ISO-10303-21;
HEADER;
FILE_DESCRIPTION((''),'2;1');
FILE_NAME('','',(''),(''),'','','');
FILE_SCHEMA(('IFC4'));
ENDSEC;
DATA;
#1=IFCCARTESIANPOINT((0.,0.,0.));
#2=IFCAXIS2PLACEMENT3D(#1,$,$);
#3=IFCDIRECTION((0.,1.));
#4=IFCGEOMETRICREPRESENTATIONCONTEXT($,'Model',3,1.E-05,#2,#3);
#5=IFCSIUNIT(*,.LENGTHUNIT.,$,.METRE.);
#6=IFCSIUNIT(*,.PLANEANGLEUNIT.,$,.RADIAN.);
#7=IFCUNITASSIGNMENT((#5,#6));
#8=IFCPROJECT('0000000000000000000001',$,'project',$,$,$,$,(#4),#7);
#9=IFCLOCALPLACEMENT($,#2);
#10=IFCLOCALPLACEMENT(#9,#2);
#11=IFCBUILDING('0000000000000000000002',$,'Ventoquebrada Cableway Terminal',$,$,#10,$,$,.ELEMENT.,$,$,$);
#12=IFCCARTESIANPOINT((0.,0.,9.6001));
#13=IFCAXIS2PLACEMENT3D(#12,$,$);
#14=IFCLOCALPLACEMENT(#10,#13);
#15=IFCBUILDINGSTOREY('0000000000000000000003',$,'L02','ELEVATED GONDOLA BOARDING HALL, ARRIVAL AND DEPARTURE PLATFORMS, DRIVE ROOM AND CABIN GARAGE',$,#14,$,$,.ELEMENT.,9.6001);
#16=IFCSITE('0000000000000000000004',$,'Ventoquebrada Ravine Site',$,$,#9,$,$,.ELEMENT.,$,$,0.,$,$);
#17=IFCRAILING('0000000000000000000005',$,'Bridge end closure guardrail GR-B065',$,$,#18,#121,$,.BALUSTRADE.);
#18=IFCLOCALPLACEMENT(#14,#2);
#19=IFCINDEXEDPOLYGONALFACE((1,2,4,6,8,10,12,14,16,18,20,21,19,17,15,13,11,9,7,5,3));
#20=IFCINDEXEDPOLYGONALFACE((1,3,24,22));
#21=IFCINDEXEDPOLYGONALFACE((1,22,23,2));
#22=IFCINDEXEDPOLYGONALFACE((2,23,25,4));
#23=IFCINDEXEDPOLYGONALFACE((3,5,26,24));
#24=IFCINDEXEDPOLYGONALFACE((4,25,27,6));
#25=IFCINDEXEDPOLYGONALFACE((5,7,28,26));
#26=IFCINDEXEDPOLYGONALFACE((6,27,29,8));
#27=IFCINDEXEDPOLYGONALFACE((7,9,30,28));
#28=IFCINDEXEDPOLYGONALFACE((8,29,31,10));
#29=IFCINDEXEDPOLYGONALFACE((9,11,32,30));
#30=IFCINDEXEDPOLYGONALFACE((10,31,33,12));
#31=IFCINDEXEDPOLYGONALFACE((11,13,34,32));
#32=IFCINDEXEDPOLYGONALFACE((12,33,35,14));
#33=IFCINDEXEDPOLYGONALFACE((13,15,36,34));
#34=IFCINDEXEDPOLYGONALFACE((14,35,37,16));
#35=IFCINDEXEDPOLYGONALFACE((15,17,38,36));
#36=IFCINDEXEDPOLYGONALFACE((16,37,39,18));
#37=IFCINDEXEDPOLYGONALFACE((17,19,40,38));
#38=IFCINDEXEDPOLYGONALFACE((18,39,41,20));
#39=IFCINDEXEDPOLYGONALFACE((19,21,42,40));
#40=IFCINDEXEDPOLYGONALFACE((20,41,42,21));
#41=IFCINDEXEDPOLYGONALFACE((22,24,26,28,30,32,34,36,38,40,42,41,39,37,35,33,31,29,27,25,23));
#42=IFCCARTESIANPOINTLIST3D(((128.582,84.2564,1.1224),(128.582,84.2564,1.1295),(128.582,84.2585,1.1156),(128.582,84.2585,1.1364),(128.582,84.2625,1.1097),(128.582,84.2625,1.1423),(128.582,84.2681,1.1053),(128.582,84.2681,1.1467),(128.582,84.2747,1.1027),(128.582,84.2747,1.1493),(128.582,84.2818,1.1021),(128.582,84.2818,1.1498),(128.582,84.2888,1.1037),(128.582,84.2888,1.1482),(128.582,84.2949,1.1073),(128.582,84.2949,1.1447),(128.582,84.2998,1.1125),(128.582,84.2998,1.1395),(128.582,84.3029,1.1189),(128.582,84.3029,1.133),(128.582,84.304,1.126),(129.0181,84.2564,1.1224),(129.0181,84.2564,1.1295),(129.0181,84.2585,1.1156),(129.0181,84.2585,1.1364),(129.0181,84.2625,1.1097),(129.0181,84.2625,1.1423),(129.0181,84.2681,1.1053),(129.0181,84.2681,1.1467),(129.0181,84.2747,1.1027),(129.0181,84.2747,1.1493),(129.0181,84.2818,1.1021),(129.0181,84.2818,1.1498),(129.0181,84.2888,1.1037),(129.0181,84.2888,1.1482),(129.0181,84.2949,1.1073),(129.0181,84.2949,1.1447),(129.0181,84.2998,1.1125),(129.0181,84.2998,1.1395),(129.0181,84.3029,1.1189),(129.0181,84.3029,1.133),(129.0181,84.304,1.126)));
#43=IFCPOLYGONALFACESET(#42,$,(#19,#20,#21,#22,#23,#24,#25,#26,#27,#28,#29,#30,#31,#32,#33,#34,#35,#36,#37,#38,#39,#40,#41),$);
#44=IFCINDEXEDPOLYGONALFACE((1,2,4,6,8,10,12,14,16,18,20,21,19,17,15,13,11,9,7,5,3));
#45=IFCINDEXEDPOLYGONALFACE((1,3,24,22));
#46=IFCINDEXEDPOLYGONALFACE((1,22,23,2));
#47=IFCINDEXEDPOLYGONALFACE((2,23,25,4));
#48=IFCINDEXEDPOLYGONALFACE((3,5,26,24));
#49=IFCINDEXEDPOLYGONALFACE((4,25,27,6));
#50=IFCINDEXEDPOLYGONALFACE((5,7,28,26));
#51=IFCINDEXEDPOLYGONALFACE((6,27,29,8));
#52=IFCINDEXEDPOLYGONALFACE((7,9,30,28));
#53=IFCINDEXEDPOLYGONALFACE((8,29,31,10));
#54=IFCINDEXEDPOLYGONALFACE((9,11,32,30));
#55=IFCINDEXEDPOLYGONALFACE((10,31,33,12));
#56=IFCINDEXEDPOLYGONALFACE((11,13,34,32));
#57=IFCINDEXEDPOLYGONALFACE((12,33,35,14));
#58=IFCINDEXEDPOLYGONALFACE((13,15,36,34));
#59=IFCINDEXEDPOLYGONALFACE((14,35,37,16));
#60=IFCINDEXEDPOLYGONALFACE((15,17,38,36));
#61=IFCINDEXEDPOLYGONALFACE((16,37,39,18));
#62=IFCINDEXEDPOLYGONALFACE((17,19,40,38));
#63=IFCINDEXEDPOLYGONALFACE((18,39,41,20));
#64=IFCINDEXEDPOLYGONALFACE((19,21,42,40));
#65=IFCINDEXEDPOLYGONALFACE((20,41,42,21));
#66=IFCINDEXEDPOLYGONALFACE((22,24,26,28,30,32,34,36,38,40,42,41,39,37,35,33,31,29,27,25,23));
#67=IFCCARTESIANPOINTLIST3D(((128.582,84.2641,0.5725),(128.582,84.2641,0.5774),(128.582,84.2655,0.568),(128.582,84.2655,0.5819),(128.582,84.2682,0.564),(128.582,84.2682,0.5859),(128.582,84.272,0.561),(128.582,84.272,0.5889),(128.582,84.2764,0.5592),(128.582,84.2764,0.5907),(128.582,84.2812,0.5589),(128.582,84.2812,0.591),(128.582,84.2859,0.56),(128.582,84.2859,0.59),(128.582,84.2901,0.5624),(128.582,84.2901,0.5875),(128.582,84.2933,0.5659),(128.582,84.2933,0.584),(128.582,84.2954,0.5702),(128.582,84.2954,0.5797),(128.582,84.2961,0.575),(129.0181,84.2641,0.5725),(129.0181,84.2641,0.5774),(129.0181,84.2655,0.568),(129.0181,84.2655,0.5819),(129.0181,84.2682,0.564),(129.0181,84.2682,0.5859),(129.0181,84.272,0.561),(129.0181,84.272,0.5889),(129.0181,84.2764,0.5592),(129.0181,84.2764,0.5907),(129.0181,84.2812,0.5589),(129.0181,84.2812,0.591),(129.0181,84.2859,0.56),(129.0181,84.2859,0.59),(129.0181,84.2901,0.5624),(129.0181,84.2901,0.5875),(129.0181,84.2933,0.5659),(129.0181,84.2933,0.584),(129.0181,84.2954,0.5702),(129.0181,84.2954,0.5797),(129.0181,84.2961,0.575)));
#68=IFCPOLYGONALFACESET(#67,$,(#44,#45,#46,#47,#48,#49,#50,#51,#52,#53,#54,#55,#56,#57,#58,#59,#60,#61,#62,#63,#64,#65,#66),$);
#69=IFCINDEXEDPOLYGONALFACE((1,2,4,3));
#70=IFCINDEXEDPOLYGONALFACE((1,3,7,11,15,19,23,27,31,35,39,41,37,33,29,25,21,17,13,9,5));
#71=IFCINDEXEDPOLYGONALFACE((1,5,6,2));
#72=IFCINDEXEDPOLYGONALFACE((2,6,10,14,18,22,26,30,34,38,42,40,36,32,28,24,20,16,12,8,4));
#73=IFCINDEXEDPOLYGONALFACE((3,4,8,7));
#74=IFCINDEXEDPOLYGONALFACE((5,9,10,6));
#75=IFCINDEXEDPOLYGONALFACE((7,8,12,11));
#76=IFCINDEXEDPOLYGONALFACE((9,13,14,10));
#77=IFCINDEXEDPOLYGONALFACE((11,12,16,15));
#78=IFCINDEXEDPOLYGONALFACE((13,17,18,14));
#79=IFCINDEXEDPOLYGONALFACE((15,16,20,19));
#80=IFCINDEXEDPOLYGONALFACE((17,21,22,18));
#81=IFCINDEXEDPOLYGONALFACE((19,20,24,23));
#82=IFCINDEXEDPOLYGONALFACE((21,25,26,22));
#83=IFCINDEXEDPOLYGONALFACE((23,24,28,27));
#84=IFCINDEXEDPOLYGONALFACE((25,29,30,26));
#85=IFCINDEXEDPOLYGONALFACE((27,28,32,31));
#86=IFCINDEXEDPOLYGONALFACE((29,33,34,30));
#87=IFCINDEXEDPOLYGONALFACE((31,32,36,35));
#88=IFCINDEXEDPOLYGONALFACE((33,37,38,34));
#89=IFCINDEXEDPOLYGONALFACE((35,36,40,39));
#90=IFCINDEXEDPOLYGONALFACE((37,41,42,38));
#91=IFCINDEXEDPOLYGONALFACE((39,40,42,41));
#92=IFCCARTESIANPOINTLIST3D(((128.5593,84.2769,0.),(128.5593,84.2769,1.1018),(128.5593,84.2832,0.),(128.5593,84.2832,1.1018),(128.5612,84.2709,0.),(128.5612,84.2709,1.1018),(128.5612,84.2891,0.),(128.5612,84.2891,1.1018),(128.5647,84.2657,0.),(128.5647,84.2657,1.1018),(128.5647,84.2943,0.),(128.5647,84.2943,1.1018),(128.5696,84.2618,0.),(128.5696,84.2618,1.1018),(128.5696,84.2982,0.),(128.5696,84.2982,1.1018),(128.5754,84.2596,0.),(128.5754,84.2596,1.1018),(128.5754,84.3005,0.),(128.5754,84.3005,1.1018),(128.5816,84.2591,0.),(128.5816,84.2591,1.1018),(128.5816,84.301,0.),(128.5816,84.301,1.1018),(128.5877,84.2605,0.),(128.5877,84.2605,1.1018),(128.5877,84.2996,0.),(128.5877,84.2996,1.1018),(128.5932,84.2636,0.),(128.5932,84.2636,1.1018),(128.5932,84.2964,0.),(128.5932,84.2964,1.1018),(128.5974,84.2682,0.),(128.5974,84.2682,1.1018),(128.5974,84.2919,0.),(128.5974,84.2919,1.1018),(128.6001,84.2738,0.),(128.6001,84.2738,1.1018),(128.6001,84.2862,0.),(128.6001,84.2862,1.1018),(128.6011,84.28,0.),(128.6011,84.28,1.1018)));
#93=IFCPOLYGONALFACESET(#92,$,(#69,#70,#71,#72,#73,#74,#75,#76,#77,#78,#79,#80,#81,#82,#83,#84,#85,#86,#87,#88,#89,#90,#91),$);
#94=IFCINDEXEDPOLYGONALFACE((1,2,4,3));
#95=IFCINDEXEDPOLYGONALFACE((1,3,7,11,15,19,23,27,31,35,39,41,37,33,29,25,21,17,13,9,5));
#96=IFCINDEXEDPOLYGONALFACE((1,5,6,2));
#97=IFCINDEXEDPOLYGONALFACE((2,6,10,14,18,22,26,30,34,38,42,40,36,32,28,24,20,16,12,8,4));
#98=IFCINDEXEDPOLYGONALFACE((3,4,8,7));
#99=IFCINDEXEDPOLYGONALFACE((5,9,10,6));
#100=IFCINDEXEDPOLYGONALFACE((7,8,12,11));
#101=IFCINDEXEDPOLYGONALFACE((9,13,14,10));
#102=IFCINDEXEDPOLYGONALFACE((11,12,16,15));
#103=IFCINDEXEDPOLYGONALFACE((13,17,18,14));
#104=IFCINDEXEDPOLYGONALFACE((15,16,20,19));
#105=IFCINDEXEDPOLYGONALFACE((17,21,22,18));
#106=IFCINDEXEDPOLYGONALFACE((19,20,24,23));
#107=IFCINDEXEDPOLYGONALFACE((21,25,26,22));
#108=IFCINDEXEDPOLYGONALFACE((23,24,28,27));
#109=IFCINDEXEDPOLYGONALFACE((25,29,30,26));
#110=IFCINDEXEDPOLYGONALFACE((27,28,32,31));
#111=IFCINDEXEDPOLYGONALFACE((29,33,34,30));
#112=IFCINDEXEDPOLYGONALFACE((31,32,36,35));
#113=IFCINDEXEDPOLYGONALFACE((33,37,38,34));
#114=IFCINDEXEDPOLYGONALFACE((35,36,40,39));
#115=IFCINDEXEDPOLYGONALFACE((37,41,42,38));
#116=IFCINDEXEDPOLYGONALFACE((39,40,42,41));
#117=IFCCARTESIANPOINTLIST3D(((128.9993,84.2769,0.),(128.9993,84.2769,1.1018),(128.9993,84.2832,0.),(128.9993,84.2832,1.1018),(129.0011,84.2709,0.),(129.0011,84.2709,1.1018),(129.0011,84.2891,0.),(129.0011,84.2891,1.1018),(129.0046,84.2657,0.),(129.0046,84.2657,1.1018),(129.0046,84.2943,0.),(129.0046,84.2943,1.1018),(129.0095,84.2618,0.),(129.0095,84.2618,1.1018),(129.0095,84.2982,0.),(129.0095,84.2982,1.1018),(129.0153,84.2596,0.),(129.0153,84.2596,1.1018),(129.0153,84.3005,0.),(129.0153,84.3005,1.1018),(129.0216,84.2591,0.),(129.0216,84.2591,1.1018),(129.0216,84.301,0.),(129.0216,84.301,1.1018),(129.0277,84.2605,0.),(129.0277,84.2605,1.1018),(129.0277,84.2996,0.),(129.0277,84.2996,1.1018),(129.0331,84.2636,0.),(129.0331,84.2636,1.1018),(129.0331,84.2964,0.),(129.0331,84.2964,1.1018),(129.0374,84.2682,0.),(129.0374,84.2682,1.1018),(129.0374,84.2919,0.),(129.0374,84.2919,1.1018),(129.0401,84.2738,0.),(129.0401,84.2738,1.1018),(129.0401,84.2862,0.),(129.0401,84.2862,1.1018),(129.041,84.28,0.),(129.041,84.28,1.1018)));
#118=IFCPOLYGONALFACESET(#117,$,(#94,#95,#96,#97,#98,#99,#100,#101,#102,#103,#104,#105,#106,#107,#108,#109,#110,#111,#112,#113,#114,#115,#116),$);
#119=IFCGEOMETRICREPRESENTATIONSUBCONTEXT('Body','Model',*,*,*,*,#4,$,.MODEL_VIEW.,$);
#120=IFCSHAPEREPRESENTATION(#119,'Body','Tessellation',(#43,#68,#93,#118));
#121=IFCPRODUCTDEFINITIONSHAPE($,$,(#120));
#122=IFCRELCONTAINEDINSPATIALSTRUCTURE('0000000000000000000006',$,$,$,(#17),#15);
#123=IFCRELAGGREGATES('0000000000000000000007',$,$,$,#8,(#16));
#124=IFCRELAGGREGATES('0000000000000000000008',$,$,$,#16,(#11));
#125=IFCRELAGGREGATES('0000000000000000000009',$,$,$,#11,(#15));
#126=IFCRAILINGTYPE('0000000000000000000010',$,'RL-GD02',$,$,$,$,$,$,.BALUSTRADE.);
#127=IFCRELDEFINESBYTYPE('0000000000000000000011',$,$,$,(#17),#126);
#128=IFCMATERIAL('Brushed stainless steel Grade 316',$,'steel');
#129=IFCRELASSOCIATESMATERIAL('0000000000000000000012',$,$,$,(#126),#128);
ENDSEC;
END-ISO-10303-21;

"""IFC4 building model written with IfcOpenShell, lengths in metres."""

from ifc_helpers import new_model, si_unit, direction, frame, origin, origin_2d, place, context, subcontext, project, spatial, circle, extrude, material, type_object, element, save


model = new_model("IFC4")

# Units and contexts
model_context = context("Model", 3, precision=1e-05, world=origin(), true_north=direction((0.0, 1.0)))
body_context = subcontext(model_context, "Body", "Model", "MODEL_VIEW")
ifc_project = project(units=[si_unit("LENGTHUNIT", "METRE"), si_unit("PLANEANGLEUNIT", "RADIAN")], contexts=[model_context])

# Site, building, storey
site_placement = place(None, origin())
site = spatial("IfcSite", under=ifc_project, at=site_placement, Name="Ventoquebrada Ravine Site", CompositionType="ELEMENT", RefElevation=0.0)
building_placement = place(site_placement, origin())
building = spatial("IfcBuilding", under=site, at=building_placement, Name="Ventoquebrada Cableway Terminal", CompositionType="ELEMENT")
storey_placement = place(building_placement, frame((0.0, 0.0, 9.6001)))
storey = spatial("IfcBuildingStorey", under=building, at=storey_placement, Name="L02", Description="ELEVATED GONDOLA BOARDING HALL, ARRIVAL AND DEPARTURE PLATFORMS, DRIVE ROOM AND CABIN GARAGE", CompositionType="ELEMENT", Elevation=9.6001)

# Railing
ifc_material_1 = material(Name="Brushed stainless steel Grade 316", Category="steel")
railing_type_1 = type_object("IfcRailingType", Name="RL-GD02", PredefinedType="BALUSTRADE", material=ifc_material_1)
for number, where, name in (
    (1, (128.5801, 84.28, 0.0), "Bridge end closure guardrail GR-B065"),
):
    element("IfcRailing", number, at=place(storey_placement, frame(where)), inside=storey, type_object=railing_type_1, Name=name, PredefinedType="BALUSTRADE", context=body_context, shape_type="SweptSolid", body=[
        extrude(circle(Radius=0.0239, at=origin_2d()), frame((0.002, 0.0, 1.126), z_axis=(1.0, 0.0, 0.0), x_axis=(0.0, 1.0, 0.0)), (0.0, 0.0, 1.0), 0.436),
        extrude(circle(Radius=0.0161, at=origin_2d()), frame((0.002, 0.0, 0.575), z_axis=(1.0, 0.0, 0.0), x_axis=(0.0, 1.0, 0.0)), (0.0, 0.0, 1.0), 0.436),
        extrude(circle(Radius=0.021, at=origin_2d()), origin(), (0.0, 0.0, 1.0), 1.1018),
        extrude(circle(Radius=0.021, at=origin_2d()), frame((0.4399, 0.0, 0.0)), (0.0, 0.0, 1.0), 1.1018),
    ])

save(model, "model.ifc")
